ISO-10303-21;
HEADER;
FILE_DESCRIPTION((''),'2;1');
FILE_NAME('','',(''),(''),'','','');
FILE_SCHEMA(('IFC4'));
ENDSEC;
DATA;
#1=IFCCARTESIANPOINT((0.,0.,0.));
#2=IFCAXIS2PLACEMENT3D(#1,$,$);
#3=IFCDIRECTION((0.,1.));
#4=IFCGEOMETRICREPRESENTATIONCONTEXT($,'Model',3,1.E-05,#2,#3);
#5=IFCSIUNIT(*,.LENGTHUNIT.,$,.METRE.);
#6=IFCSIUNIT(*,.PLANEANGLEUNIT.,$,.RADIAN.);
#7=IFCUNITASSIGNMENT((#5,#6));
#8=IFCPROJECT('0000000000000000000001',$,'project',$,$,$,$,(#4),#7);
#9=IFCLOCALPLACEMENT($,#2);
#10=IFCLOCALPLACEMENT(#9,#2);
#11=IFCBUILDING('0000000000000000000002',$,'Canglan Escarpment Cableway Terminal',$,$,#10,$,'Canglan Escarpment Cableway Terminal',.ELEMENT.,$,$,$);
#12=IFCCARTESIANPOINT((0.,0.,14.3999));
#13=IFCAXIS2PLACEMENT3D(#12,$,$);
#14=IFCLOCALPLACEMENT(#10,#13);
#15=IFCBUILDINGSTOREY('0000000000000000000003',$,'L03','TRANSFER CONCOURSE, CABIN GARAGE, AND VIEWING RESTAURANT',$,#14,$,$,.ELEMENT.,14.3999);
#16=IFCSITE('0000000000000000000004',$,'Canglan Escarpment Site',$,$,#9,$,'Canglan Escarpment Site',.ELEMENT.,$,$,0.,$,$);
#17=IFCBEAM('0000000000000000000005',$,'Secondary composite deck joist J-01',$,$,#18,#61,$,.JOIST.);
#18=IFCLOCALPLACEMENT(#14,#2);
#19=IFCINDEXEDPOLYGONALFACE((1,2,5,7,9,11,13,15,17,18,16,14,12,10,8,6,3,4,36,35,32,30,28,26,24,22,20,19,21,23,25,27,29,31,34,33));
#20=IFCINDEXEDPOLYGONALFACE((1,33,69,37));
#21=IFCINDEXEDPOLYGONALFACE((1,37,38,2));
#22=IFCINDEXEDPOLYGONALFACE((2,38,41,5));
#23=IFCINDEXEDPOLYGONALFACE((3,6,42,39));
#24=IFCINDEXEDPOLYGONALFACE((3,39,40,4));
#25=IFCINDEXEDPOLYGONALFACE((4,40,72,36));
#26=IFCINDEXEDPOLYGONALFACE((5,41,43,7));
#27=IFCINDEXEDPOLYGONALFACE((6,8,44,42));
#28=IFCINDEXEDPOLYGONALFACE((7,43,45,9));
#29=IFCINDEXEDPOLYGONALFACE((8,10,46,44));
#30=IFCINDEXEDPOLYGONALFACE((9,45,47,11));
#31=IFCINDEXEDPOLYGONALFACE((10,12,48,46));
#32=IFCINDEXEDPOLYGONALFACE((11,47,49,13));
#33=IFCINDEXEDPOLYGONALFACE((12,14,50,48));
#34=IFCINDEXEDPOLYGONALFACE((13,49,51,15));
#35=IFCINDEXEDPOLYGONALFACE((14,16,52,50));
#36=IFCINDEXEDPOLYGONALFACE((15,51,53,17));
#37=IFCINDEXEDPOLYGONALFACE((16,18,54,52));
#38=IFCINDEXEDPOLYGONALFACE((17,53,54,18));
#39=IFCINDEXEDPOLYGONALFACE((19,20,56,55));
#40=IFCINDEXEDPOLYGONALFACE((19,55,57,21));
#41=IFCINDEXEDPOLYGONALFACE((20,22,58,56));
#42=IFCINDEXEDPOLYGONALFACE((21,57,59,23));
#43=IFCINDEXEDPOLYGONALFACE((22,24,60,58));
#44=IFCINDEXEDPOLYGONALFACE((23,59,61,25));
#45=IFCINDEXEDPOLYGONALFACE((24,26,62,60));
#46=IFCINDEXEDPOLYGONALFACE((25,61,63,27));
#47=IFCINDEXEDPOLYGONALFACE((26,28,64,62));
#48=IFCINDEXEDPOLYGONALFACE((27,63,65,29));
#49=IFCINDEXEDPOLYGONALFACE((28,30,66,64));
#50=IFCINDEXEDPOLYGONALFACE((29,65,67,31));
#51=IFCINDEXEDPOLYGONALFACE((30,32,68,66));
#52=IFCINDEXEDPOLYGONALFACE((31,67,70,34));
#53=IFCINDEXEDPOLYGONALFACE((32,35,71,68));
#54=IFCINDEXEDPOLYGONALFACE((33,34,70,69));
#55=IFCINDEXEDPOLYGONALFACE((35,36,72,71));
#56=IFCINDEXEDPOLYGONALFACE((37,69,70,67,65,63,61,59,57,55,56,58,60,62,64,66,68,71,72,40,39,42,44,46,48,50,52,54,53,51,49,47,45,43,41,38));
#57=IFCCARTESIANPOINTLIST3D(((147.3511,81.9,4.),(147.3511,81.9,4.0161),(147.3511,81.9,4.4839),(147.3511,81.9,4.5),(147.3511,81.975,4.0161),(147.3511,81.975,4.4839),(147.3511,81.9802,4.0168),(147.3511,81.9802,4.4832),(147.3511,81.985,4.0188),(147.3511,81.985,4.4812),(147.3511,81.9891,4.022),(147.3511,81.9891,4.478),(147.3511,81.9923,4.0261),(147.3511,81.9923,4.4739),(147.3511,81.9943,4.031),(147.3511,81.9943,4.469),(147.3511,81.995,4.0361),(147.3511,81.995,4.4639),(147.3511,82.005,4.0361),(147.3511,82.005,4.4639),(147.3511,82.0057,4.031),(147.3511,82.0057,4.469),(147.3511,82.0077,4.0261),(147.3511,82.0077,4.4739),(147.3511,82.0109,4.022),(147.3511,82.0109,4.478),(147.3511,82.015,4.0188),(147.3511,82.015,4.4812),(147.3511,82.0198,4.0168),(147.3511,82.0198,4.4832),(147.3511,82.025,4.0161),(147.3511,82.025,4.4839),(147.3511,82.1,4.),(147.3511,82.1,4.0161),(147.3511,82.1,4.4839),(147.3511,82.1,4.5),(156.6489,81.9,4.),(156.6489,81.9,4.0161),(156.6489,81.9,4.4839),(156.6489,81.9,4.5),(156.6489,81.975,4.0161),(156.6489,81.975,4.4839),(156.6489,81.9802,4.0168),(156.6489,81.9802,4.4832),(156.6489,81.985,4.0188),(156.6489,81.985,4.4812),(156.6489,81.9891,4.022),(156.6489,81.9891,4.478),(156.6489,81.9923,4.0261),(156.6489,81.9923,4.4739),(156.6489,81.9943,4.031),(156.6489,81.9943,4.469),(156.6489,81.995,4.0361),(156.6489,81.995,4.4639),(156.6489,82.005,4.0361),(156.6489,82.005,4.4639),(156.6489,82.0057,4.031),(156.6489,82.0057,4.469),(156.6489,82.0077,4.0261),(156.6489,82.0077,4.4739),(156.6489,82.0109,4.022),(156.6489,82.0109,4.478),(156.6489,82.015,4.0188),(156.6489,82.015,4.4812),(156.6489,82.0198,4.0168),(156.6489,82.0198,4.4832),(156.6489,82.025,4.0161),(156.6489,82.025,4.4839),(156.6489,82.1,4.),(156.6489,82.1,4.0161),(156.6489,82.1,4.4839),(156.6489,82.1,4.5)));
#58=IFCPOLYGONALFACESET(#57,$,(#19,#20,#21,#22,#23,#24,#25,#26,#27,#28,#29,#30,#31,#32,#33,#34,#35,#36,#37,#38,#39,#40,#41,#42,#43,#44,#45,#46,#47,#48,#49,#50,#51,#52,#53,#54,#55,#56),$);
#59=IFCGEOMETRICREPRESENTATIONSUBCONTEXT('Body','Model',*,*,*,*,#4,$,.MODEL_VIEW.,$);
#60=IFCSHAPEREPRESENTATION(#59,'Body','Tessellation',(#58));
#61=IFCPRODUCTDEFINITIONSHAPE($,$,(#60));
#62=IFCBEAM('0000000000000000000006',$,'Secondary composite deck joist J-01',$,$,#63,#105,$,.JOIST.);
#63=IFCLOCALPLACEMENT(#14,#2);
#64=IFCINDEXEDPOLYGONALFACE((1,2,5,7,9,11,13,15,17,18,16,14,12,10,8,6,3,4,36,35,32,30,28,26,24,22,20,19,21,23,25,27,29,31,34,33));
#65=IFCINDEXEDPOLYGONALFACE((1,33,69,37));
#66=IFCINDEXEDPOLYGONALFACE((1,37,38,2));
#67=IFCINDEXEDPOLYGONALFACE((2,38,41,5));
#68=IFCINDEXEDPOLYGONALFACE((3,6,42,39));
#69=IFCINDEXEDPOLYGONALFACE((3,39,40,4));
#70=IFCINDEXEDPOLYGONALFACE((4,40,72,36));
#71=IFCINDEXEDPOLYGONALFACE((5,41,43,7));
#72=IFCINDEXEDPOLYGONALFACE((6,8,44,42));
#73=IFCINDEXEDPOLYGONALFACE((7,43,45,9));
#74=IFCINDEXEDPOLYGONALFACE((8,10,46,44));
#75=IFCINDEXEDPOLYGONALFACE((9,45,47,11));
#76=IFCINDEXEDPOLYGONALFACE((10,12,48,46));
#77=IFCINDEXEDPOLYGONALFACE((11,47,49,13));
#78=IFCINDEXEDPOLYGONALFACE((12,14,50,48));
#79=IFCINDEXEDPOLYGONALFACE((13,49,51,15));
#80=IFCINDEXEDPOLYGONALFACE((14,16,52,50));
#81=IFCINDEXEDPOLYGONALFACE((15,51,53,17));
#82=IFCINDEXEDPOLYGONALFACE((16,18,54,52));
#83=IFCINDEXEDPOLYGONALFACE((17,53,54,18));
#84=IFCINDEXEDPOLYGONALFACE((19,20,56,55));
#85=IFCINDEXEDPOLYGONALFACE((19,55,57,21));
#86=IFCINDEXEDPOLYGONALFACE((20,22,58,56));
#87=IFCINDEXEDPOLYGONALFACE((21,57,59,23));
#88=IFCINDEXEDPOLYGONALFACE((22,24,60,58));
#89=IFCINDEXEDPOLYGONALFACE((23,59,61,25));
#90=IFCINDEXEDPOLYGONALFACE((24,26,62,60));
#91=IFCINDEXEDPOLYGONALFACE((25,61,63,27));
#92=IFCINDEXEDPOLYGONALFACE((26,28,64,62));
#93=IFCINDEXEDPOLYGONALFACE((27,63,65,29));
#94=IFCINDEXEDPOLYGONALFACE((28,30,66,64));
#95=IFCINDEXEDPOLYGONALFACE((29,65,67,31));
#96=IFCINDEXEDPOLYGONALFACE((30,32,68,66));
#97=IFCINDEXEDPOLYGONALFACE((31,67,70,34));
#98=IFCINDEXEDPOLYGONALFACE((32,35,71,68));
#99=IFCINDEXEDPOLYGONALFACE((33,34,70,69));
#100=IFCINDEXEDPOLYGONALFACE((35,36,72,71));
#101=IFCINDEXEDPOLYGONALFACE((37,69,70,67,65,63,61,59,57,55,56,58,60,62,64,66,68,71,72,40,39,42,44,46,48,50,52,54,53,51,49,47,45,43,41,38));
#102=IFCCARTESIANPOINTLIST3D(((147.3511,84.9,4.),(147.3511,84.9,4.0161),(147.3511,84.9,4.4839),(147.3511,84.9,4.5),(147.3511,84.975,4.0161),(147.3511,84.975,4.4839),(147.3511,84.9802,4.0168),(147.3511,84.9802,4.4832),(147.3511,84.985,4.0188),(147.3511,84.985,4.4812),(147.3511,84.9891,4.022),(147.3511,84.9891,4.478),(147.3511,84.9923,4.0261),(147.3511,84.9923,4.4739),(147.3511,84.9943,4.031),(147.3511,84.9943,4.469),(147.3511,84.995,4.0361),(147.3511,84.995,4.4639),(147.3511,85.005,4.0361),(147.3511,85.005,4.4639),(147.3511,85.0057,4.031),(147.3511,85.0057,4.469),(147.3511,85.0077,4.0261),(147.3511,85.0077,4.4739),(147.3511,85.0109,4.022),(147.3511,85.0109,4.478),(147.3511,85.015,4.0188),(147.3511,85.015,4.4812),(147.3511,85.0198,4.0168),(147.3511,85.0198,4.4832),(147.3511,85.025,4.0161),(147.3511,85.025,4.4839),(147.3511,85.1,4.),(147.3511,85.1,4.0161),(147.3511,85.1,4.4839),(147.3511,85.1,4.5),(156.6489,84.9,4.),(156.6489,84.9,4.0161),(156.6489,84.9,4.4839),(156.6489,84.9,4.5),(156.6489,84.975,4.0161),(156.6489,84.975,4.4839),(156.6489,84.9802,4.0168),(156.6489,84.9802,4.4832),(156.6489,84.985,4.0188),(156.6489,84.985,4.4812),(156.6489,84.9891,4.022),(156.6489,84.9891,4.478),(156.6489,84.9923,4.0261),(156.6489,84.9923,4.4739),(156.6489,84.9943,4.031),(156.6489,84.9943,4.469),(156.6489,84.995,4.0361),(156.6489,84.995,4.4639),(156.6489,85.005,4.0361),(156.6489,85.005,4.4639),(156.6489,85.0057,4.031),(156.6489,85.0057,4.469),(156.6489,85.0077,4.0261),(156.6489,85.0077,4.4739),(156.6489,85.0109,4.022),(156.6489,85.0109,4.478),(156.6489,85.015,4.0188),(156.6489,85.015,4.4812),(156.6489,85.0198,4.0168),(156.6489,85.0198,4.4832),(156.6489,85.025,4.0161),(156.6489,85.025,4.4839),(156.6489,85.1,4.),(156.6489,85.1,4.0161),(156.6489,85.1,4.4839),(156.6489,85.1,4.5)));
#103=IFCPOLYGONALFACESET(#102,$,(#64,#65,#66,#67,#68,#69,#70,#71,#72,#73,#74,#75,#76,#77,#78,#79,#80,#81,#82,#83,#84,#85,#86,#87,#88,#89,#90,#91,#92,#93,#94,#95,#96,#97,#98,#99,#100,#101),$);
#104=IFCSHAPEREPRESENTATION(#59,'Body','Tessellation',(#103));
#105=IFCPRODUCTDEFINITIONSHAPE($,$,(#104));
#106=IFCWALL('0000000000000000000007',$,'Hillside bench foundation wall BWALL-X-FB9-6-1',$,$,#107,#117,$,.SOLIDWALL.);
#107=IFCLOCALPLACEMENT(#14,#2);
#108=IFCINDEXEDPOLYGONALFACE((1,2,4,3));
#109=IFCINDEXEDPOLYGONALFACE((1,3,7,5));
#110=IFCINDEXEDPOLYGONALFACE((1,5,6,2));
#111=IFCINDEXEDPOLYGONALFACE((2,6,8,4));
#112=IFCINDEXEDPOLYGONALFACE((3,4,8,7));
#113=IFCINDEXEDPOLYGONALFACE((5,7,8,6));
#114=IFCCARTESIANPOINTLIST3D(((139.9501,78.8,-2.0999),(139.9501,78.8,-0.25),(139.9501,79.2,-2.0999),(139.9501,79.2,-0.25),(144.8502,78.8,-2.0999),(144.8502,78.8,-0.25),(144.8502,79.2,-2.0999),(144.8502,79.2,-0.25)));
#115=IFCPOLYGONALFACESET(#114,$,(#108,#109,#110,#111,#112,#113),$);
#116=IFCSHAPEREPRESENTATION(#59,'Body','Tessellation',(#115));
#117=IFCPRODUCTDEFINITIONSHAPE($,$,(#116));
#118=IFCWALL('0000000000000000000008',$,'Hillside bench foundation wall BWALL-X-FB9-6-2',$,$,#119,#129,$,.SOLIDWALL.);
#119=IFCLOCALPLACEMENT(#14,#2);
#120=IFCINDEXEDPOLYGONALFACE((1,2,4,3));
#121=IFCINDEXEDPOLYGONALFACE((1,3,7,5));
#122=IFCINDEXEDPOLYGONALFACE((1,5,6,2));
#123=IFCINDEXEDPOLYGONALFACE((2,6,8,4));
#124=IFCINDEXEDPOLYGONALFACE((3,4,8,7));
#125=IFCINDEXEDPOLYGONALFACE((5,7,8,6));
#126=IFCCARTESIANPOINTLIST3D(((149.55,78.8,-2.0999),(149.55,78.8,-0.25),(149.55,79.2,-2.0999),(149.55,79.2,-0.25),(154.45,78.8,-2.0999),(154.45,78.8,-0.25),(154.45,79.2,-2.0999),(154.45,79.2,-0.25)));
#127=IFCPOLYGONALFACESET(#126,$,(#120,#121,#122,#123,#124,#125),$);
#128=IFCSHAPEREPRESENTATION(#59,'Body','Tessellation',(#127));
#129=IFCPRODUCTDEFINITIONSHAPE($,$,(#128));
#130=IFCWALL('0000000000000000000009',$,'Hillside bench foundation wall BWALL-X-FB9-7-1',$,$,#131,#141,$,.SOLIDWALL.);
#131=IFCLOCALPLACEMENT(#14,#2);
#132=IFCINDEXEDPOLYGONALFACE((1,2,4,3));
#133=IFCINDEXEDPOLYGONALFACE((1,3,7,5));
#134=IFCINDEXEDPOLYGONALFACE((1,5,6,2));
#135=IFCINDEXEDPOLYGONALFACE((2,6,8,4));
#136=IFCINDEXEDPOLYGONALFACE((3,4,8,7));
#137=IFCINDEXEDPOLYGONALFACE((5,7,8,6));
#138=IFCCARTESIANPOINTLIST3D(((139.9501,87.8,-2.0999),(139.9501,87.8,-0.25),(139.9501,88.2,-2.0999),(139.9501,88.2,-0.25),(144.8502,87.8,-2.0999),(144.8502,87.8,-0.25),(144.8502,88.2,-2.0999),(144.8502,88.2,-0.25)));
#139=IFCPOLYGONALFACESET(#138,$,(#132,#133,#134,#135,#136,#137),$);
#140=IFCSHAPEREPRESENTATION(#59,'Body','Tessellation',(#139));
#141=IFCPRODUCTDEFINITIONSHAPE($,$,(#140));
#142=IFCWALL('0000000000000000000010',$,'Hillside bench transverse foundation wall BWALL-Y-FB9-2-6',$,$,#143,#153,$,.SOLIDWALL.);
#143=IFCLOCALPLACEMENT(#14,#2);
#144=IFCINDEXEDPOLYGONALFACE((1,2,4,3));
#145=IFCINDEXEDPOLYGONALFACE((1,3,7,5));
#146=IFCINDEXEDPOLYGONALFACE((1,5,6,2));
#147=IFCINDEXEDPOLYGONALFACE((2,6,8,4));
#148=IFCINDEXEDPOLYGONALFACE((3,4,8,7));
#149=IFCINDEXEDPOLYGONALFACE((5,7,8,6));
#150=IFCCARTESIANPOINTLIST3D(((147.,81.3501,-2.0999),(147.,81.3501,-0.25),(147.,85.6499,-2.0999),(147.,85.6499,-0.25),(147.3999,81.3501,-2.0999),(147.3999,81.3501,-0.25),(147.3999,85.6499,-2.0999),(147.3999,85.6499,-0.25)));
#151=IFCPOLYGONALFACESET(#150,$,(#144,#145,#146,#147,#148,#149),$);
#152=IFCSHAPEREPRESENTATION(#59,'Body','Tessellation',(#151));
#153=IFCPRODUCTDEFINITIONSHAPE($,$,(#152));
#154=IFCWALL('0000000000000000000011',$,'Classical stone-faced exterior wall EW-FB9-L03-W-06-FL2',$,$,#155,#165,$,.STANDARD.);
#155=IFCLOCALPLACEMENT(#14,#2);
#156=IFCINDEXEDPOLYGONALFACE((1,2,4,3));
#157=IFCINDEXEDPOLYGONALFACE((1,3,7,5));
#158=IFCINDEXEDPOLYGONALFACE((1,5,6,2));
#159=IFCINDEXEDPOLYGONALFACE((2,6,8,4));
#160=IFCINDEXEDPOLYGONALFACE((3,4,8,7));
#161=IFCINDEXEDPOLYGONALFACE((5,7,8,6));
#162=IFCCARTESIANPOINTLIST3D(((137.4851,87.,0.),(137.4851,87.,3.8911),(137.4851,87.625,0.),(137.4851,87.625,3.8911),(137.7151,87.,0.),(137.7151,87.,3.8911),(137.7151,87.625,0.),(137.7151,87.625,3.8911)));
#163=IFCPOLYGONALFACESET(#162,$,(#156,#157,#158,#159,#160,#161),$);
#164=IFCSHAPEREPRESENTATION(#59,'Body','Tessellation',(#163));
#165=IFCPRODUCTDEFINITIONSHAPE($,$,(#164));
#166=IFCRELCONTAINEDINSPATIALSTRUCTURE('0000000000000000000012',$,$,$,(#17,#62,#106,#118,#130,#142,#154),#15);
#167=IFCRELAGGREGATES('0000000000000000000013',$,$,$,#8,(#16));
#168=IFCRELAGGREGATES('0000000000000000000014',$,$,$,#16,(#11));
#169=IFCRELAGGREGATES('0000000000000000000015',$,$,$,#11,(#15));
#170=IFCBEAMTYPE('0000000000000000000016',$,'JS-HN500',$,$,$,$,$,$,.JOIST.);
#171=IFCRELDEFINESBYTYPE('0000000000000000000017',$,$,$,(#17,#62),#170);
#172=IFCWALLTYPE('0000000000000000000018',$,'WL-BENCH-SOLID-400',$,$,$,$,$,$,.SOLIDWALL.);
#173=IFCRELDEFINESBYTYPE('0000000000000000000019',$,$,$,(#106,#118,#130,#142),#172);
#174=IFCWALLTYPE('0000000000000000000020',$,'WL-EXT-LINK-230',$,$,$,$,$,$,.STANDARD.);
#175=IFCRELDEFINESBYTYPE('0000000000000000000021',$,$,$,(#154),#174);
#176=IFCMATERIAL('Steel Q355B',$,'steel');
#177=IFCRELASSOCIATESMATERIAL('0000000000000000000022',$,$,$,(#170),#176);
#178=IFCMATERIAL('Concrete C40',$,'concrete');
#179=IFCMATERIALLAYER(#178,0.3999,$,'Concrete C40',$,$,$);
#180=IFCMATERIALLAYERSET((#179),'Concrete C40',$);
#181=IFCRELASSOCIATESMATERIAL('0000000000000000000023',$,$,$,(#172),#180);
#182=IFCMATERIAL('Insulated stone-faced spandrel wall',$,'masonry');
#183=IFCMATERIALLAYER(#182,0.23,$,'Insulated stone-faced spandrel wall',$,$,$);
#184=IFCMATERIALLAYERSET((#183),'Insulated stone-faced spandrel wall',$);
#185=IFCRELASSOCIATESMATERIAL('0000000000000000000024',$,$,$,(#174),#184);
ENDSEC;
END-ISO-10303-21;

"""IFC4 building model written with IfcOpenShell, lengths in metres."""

from ifc_helpers import new_model, si_unit, direction, frame, frame_2d, origin, origin_2d, place, context, subcontext, project, spatial, rectangle, i_section, extrude, material, layer, layer_set, material_profile, profile_set, type_object, element, save


model = new_model("IFC4")

# Units and contexts
model_context = context("Model", 3, precision=1e-05, world=origin(), true_north=direction((0.0, 1.0)))
body_context = subcontext(model_context, "Body", "Model", "MODEL_VIEW")
ifc_project = project(units=[si_unit("LENGTHUNIT", "METRE"), si_unit("PLANEANGLEUNIT", "RADIAN")], contexts=[model_context])

# Site, building, storey
site_placement = place(None, origin())
site = spatial("IfcSite", under=ifc_project, at=site_placement, Name="Canglan Escarpment Site", LongName="Canglan Escarpment Site", CompositionType="ELEMENT", RefElevation=0.0)
building_placement = place(site_placement, origin())
building = spatial("IfcBuilding", under=site, at=building_placement, Name="Canglan Escarpment Cableway Terminal", LongName="Canglan Escarpment Cableway Terminal", CompositionType="ELEMENT")
storey_placement = place(building_placement, frame((0.0, 0.0, 14.3999)))
storey = spatial("IfcBuildingStorey", under=building, at=storey_placement, Name="L03", Description="TRANSFER CONCOURSE, CABIN GARAGE, AND VIEWING RESTAURANT", CompositionType="ELEMENT", Elevation=14.3999)

# Shared definitions
ifc_material_1 = material(Name="Concrete C40", Category="concrete")

# Beams
ifc_material_2 = material(Name="Steel Q355B", Category="steel")
ifc_material_profile_1 = material_profile(ifc_material_2, i_section(OverallWidth=0.2, OverallDepth=0.5, WebThickness=0.01, FlangeThickness=0.0161, FilletRadius=0.02, at=origin_2d()), Name="HN 500x200x10x16")
ifc_profile_set_1 = profile_set([ifc_material_profile_1], Name="Steel Q355B")
beam_type_1 = type_object("IfcBeamType", Name="JS-HN500", PredefinedType="JOIST", material=ifc_profile_set_1)
for number, where, z_axis, x_axis, name in (
    (1, (147.3511, 82.0, 4.25), (1.0, 0.0, 0.0), (0.0, 1.0, 0.0), "Secondary composite deck joist J-01"),
    (2, (147.3511, 85.0, 4.25), (1.0, 0.0, 0.0), (0.0, 1.0, 0.0), "Secondary composite deck joist J-01"),
):
    element("IfcBeam", number, at=place(storey_placement, frame(where, z_axis=z_axis, x_axis=x_axis)), inside=storey, type_object=beam_type_1, Name=name, PredefinedType="JOIST", context=body_context, shape_type="SweptSolid", body=[
        extrude(i_section(OverallWidth=0.2, OverallDepth=0.5, WebThickness=0.01, FlangeThickness=0.0161, FilletRadius=0.02, at=origin_2d()), origin(), (0.0, 0.0, 1.0), 9.2979),
    ])

# Walls
ifc_layer_1 = layer(ifc_material_1, 0.3999, Name="Concrete C40")
ifc_layer_set_1 = layer_set([ifc_layer_1], Name="Concrete C40")
wall_type_1 = type_object("IfcWallType", Name="WL-BENCH-SOLID-400", PredefinedType="SOLIDWALL", material=ifc_layer_set_1)
wall_1_placement = place(storey_placement, frame((139.95, 79.0, -2.0999), z_axis=(0.0, 0.0, 1.0), x_axis=(1.0, 0.0, 0.0)))
element("IfcWall", 3, at=wall_1_placement, inside=storey, type_object=wall_type_1, Name="Hillside bench foundation wall BWALL-X-FB9-6-1", PredefinedType="SOLIDWALL", context=body_context, shape_type="SweptSolid", body=[
    extrude(rectangle(XDim=4.9001, YDim=0.3999, at=frame_2d((2.4502, 0.0))), origin(), (0.0, 0.0, 1.0), 1.8499),
])
wall_2_placement = place(storey_placement, frame((149.55, 79.0, -2.0999), z_axis=(0.0, 0.0, 1.0), x_axis=(1.0, 0.0, 0.0)))
element("IfcWall", 4, at=wall_2_placement, inside=storey, type_object=wall_type_1, Name="Hillside bench foundation wall BWALL-X-FB9-6-2", PredefinedType="SOLIDWALL", context=body_context, shape_type="SweptSolid", body=[
    extrude(rectangle(XDim=4.8999, YDim=0.3999, at=frame_2d((2.45, 0.0))), origin(), (0.0, 0.0, 1.0), 1.8499),
])
wall_3_placement = place(storey_placement, frame((139.95, 88.0, -2.0999), z_axis=(0.0, 0.0, 1.0), x_axis=(1.0, 0.0, 0.0)))
element("IfcWall", 5, at=wall_3_placement, inside=storey, type_object=wall_type_1, Name="Hillside bench foundation wall BWALL-X-FB9-7-1", PredefinedType="SOLIDWALL", context=body_context, shape_type="SweptSolid", body=[
    extrude(rectangle(XDim=4.9001, YDim=0.3999, at=frame_2d((2.4502, 0.0))), origin(), (0.0, 0.0, 1.0), 1.8499),
])
wall_4_placement = place(storey_placement, frame((147.2, 81.3501, -2.0999), z_axis=(0.0, 0.0, 1.0), x_axis=(0.0, 1.0, 0.0)))
element("IfcWall", 6, at=wall_4_placement, inside=storey, type_object=wall_type_1, Name="Hillside bench transverse foundation wall BWALL-Y-FB9-2-6", PredefinedType="SOLIDWALL", context=body_context, shape_type="SweptSolid", body=[
    extrude(rectangle(XDim=4.2998, YDim=0.3999, at=frame_2d((2.1499, 0.0))), origin(), (0.0, 0.0, 1.0), 1.8499),
])
ifc_material_3 = material(Name="Insulated stone-faced spandrel wall", Category="masonry")
ifc_layer_2 = layer(ifc_material_3, 0.23, Name="Insulated stone-faced spandrel wall")
ifc_layer_set_2 = layer_set([ifc_layer_2], Name="Insulated stone-faced spandrel wall")
wall_type_2 = type_object("IfcWallType", Name="WL-EXT-LINK-230", PredefinedType="STANDARD", material=ifc_layer_set_2)
wall_5_placement = place(storey_placement, frame((137.6001, 87.0, 0.0), z_axis=(0.0, 0.0, 1.0), x_axis=(0.0, 1.0, 0.0)))
element("IfcWall", 7, at=wall_5_placement, inside=storey, type_object=wall_type_2, Name="Classical stone-faced exterior wall EW-FB9-L03-W-06-FL2", PredefinedType="STANDARD", context=body_context, shape_type="SweptSolid", body=[
    extrude(rectangle(XDim=0.625, YDim=0.23, at=frame_2d((0.3125, 0.0))), origin(), (0.0, 0.0, 1.0), 3.8911),
])

save(model, "model.ifc")
